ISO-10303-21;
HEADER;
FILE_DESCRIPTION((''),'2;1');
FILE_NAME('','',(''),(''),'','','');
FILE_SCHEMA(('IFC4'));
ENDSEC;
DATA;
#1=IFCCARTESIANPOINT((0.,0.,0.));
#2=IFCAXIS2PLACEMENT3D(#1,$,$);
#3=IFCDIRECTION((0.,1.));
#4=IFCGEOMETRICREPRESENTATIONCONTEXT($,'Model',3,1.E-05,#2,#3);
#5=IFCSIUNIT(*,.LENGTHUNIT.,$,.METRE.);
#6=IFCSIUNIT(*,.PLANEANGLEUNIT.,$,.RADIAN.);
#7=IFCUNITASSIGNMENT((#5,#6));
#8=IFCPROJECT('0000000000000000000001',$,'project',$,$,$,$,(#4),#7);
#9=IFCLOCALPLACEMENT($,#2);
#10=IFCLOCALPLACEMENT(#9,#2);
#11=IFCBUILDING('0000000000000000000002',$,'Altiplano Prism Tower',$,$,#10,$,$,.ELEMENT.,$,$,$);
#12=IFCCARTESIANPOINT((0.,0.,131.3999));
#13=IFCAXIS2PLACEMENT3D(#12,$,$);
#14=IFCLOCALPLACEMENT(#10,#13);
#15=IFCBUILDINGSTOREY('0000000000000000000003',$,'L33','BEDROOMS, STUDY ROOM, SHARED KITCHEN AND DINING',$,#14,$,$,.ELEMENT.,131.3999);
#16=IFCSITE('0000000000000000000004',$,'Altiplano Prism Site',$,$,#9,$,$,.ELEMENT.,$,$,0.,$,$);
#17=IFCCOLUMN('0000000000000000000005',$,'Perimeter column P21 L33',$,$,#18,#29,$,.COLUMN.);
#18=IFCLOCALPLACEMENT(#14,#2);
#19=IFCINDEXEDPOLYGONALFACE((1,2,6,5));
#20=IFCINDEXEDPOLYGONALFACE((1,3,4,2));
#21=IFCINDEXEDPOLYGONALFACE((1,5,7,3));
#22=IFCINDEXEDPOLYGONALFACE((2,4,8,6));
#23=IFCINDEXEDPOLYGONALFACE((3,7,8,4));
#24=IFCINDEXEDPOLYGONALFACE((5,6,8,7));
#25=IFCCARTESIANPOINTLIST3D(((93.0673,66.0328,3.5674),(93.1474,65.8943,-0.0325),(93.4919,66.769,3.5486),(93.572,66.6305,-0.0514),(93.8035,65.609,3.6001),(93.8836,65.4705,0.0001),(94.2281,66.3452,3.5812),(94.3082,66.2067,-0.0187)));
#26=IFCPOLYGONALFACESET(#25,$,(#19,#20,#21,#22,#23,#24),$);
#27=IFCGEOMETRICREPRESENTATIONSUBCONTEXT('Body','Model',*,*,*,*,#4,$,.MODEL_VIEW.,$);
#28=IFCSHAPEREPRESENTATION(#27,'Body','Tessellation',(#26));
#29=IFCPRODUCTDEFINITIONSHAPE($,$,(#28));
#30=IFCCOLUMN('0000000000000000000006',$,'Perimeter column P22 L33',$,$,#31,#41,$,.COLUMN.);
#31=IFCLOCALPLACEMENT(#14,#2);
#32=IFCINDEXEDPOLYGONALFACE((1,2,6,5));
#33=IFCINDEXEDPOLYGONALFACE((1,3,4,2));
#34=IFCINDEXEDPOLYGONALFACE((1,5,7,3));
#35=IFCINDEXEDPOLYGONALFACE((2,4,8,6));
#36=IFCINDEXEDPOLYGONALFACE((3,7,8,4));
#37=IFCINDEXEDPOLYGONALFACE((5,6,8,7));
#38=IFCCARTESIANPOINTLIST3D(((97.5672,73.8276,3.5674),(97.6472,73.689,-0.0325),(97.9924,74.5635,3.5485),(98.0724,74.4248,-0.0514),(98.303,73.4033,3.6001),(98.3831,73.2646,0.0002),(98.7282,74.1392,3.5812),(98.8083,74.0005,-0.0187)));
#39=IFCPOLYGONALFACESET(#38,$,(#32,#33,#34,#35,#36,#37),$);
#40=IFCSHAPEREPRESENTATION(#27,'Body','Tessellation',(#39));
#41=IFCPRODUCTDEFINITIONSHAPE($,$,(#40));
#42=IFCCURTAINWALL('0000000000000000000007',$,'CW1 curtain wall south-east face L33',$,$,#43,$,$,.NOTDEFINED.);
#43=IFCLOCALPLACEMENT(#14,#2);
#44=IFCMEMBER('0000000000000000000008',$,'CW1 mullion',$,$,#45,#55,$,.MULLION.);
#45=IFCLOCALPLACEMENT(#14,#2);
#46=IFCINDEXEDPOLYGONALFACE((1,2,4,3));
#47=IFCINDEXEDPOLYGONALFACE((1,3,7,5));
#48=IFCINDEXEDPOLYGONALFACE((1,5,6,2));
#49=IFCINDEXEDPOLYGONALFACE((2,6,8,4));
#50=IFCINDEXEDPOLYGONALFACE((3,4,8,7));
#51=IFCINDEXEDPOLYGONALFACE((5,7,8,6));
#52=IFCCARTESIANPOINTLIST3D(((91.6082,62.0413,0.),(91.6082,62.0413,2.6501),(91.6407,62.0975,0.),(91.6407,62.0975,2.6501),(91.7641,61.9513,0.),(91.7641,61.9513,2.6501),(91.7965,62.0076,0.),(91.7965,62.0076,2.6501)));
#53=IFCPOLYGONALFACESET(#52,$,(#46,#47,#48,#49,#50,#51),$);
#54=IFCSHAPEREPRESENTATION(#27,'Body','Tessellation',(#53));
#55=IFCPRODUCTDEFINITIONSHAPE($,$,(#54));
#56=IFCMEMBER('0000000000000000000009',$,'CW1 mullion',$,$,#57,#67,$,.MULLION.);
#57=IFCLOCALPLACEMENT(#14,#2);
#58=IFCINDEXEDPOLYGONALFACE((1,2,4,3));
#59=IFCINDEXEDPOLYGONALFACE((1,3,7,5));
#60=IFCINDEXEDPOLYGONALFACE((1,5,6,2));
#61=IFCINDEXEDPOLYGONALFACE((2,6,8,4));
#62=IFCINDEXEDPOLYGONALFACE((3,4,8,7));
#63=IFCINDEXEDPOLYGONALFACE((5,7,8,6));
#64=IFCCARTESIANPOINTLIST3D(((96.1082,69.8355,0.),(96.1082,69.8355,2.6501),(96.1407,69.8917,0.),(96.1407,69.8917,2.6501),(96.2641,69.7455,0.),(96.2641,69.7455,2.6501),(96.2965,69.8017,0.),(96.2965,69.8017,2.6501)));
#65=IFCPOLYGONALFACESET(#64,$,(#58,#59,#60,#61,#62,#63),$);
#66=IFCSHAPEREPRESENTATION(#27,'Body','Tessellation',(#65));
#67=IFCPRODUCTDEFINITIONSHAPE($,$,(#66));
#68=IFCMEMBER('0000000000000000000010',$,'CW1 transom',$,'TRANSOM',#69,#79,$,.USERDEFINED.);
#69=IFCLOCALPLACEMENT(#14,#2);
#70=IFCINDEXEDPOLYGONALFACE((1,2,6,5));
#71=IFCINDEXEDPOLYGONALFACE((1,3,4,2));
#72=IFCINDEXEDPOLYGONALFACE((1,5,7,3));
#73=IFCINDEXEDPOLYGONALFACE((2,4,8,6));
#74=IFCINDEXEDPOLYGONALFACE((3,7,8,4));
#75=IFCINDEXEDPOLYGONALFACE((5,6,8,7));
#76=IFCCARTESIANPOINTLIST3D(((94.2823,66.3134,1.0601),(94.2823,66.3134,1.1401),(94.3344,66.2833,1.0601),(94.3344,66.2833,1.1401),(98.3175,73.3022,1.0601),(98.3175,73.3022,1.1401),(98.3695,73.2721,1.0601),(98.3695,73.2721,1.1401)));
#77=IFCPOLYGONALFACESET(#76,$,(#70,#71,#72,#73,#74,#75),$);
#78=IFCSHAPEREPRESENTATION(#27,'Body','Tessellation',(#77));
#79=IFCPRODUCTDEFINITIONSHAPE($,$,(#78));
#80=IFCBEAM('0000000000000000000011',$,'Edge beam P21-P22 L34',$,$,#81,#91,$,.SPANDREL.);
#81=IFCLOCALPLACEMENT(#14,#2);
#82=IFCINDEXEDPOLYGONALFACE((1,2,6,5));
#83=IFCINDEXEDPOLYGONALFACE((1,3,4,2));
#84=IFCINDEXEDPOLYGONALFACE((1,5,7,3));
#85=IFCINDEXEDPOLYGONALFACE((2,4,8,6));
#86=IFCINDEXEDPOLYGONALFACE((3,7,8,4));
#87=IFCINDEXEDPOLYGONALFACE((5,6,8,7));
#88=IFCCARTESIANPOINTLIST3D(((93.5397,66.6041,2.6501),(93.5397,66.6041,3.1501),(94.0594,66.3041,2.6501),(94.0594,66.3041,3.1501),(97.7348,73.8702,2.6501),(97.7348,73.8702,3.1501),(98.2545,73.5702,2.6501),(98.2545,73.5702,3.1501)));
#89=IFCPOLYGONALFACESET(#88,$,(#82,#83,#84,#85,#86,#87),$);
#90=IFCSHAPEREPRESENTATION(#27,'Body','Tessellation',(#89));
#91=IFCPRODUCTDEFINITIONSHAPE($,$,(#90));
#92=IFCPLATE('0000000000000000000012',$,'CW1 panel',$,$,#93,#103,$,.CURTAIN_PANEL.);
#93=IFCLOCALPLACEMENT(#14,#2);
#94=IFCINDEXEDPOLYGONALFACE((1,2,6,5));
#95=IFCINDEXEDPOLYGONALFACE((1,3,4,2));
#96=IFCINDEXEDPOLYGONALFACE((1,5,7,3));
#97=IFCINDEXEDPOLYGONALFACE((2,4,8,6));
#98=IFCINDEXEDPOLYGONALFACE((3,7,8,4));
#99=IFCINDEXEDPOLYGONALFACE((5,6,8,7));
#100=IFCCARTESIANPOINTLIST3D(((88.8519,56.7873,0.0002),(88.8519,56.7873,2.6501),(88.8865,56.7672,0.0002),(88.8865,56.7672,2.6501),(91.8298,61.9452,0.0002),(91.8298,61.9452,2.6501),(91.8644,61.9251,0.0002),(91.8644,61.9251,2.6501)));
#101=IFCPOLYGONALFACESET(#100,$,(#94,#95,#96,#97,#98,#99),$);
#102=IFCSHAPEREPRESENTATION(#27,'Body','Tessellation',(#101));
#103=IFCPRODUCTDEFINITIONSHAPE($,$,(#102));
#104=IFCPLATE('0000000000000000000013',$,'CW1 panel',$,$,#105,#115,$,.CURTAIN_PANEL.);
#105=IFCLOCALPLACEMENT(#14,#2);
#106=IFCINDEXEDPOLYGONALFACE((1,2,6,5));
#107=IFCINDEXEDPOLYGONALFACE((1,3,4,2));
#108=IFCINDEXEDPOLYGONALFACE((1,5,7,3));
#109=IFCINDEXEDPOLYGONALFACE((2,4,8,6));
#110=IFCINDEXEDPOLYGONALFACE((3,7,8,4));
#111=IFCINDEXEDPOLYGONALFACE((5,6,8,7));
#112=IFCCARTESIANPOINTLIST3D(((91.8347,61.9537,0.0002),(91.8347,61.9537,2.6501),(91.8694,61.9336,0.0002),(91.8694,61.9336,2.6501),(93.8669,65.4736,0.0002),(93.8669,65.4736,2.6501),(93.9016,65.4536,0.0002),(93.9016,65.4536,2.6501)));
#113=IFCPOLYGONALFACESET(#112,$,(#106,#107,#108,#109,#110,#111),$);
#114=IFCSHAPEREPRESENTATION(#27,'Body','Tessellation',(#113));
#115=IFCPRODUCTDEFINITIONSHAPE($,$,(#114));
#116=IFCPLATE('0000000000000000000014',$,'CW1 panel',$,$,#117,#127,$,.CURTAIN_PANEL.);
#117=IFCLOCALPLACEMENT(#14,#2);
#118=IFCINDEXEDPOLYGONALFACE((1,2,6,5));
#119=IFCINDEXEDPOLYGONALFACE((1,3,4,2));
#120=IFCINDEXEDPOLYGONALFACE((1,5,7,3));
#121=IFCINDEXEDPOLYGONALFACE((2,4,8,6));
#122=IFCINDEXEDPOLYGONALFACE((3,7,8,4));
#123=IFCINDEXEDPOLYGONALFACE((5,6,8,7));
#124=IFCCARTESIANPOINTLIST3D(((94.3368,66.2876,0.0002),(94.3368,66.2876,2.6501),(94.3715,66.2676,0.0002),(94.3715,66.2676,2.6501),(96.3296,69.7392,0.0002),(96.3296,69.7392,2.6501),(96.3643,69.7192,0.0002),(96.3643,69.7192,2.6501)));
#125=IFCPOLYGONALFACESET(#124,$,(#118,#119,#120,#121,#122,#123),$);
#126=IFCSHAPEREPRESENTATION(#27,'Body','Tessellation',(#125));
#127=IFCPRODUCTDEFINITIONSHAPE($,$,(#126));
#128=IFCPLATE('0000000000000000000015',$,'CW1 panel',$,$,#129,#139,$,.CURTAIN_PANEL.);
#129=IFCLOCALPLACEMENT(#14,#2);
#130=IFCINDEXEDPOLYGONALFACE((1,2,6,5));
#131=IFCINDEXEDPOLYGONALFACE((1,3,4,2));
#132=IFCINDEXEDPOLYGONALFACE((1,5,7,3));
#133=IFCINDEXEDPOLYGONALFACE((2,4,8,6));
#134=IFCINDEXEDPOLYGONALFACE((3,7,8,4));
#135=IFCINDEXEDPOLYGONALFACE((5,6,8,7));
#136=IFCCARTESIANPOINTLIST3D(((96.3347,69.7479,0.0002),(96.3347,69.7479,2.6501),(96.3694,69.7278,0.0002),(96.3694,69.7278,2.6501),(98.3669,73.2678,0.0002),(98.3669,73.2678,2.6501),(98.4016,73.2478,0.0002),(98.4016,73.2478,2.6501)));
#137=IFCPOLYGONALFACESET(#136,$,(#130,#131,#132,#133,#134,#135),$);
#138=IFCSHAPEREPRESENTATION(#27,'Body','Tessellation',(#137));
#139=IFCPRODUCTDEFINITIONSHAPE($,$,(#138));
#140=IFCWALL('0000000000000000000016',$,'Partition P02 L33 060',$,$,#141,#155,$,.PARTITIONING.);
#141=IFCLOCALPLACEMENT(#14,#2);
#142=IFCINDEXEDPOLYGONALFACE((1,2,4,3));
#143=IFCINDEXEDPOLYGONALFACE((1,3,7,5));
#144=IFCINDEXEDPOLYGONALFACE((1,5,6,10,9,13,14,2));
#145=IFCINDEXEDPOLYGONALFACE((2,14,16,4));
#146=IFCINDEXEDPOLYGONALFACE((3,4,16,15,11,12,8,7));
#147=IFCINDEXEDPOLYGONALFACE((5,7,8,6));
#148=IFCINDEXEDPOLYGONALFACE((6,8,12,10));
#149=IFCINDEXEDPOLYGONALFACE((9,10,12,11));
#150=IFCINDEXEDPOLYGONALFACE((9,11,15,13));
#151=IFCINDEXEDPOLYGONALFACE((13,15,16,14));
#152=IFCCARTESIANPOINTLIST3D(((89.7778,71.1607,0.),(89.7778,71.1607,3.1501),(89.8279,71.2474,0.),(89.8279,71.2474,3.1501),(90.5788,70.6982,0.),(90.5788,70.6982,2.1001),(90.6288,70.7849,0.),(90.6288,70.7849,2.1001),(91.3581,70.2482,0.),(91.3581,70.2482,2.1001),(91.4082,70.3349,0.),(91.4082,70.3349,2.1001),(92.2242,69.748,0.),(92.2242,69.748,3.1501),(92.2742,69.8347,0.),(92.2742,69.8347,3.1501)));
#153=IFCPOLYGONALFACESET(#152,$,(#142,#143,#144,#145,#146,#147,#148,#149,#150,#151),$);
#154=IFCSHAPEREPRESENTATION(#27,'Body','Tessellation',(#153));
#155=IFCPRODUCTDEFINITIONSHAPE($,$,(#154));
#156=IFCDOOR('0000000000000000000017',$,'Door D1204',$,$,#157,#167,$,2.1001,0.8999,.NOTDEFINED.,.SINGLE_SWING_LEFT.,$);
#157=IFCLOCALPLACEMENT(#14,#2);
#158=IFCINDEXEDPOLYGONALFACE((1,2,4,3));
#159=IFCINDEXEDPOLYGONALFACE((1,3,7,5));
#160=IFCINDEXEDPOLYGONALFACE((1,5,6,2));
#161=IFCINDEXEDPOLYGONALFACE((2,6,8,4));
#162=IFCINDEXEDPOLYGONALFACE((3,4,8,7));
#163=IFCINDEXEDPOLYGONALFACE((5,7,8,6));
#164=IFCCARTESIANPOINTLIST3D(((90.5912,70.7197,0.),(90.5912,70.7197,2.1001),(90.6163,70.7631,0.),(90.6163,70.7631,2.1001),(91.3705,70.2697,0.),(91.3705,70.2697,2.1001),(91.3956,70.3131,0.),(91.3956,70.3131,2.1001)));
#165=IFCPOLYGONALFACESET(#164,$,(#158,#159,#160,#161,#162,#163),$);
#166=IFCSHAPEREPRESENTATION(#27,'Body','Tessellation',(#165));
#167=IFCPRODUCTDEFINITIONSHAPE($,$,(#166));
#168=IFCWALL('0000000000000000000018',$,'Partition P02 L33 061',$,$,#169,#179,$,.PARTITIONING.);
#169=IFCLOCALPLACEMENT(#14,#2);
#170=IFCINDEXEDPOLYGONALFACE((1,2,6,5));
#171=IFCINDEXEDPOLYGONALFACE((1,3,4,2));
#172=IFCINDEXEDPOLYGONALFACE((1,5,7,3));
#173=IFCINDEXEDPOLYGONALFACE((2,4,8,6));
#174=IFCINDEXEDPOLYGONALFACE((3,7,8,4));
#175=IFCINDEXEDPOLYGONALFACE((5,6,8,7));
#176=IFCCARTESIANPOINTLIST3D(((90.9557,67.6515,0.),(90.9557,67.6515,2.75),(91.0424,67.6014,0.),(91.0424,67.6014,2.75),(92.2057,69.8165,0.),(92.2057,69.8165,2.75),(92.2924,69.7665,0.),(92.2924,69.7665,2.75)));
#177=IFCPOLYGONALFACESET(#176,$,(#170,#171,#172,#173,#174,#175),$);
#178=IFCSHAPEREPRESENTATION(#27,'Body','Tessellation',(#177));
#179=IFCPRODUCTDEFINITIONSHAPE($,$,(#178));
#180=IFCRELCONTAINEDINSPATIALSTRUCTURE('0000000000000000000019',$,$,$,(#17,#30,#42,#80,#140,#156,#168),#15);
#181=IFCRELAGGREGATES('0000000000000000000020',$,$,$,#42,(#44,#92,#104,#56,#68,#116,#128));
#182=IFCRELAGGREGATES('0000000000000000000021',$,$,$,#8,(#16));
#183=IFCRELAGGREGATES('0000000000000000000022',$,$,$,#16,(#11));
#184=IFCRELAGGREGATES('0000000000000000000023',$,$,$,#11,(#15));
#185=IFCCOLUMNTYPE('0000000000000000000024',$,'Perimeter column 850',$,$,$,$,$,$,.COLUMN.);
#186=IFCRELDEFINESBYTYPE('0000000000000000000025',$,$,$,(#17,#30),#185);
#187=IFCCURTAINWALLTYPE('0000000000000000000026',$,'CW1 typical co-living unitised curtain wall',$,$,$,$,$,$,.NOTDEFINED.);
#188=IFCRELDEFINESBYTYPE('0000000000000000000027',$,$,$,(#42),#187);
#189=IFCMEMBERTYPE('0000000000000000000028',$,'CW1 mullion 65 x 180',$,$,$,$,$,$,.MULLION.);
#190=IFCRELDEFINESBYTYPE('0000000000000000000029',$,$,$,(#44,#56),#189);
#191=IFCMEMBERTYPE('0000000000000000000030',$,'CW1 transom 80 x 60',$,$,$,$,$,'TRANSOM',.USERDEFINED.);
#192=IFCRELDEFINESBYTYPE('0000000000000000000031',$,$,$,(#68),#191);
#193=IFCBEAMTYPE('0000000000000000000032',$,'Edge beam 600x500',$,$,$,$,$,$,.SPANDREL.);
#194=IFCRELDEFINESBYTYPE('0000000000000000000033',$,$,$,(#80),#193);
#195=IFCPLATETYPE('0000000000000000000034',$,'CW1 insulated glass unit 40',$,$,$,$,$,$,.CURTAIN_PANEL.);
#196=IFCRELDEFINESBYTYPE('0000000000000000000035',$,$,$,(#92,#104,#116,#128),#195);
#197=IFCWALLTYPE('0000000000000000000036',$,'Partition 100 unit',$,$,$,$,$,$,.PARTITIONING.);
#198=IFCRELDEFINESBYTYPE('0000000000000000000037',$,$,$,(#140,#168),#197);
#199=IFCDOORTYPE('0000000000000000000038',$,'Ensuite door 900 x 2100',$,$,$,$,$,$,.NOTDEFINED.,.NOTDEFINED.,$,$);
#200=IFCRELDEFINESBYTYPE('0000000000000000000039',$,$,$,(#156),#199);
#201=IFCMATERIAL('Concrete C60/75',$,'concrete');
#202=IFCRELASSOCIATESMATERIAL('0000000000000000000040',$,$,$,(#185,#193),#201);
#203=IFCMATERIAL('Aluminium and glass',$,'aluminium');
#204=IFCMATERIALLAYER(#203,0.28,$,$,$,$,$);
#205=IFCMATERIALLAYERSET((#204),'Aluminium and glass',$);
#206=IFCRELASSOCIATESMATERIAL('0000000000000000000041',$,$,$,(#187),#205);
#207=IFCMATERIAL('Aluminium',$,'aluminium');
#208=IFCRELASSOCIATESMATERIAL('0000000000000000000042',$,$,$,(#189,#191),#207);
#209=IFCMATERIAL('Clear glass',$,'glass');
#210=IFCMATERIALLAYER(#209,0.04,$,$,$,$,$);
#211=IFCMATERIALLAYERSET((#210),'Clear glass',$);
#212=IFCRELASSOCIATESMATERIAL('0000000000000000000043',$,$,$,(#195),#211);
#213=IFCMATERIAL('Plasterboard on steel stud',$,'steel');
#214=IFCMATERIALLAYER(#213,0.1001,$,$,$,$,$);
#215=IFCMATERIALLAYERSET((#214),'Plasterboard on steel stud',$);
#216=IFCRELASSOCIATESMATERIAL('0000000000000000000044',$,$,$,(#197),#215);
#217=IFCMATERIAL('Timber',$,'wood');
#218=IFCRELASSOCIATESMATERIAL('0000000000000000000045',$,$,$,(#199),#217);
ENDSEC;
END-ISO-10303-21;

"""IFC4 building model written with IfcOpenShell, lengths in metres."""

from ifc_helpers import new_model, si_unit, direction, frame, frame_2d, origin, origin_2d, place, context, subcontext, project, spatial, rectangle, extrude, material, layer, layer_set, material_profile, profile_set, type_object, element, fill, aggregate, save


model = new_model("IFC4")

# Units and contexts
model_context = context("Model", 3, precision=1e-05, world=origin(), true_north=direction((0.0, 1.0)))
body_context = subcontext(model_context, "Body", "Model", "MODEL_VIEW")
ifc_project = project(units=[si_unit("LENGTHUNIT", "METRE"), si_unit("PLANEANGLEUNIT", "RADIAN")], contexts=[model_context])

# Site, building, storey
site_placement = place(None, origin())
site = spatial("IfcSite", under=ifc_project, at=site_placement, Name="Altiplano Prism Site", CompositionType="ELEMENT", RefElevation=0.0)
building_placement = place(site_placement, origin())
building = spatial("IfcBuilding", under=site, at=building_placement, Name="Altiplano Prism Tower", CompositionType="ELEMENT")
storey_placement = place(building_placement, frame((0.0, 0.0, 131.3999)))
storey = spatial("IfcBuildingStorey", under=building, at=storey_placement, Name="L33", Description="BEDROOMS, STUDY ROOM, SHARED KITCHEN AND DINING", CompositionType="ELEMENT", Elevation=131.3999)

# Columns
ifc_material_1 = material(Name="Concrete C60/75", Category="concrete")
ifc_material_profile_1 = material_profile(ifc_material_1, rectangle(XDim=0.8501, YDim=0.8501, at=origin_2d()), Name="Perimeter column 850")
ifc_profile_set_1 = profile_set([ifc_material_profile_1], Name="Concrete C60/75")
column_type = type_object("IfcColumnType", Name="Perimeter column 850", PredefinedType="COLUMN", material=ifc_profile_set_1)
for number, where, z_axis, x_axis, name in (
    (1, (93.7278, 66.0505, -0.0256), (-0.022223, 0.038416, 0.999015), (-0.499508, -0.866025, 0.02219), "Perimeter column P21 L33"),
    (2, (98.2278, 73.8447, -0.0256), (-0.022223, 0.038483, 0.999012), (-0.50017, -0.865642, 0.02222), "Perimeter column P22 L33"),
):
    element("IfcColumn", number, at=place(storey_placement, frame(where, z_axis=z_axis, x_axis=x_axis)), inside=storey, type_object=column_type, Name=name, PredefinedType="COLUMN", context=body_context, shape_type="SweptSolid", body=[
        extrude(rectangle(XDim=0.8501, YDim=0.8501, at=origin_2d()), origin(), (0.0, 0.0, 1.0), 3.6035),
    ])

# Curtain wall, members
ifc_material_2 = material(Name="Aluminium and glass", Category="aluminium")
ifc_layer_1 = layer(ifc_material_2, 0.28)
ifc_layer_set_1 = layer_set([ifc_layer_1], Name="Aluminium and glass")
curtain_wall_type = type_object("IfcCurtainWallType", Name="CW1 typical co-living unitised curtain wall", PredefinedType="NOTDEFINED", material=ifc_layer_set_1)
curtain_wall_placement = place(storey_placement, origin())
curtain_wall = element("IfcCurtainWall", 3, at=curtain_wall_placement, inside=storey, type_object=curtain_wall_type, Name="CW1 curtain wall south-east face L33", PredefinedType="NOTDEFINED")
ifc_material_3 = material(Name="Aluminium", Category="aluminium")
ifc_material_profile_2 = material_profile(ifc_material_3, rectangle(XDim=0.1799, YDim=0.0649, at=origin_2d()), Name="CW1 mullion 65 x 180")
ifc_profile_set_2 = profile_set([ifc_material_profile_2], Name="Aluminium")
member_type_1 = type_object("IfcMemberType", Name="CW1 mullion 65 x 180", PredefinedType="MULLION", material=ifc_profile_set_2)
member_1_placement = place(storey_placement, frame((91.7024, 62.0244, 0.0), z_axis=(0.0, 0.0, 1.0), x_axis=(-0.866025, 0.5, 0.0)))
member_1 = element("IfcMember", 4, at=member_1_placement, type_object=member_type_1, Name="CW1 mullion", PredefinedType="MULLION", context=body_context, shape_type="SweptSolid", body=[
    extrude(rectangle(XDim=0.1799, YDim=0.0649, at=origin_2d()), origin(), (0.0, 0.0, 1.0), 2.6501),
])
member_2_placement = place(storey_placement, frame((96.2024, 69.8186, 0.0), z_axis=(0.0, 0.0, 1.0), x_axis=(-0.866025, 0.5, 0.0)))
member_2 = element("IfcMember", 5, at=member_2_placement, type_object=member_type_1, Name="CW1 mullion", PredefinedType="MULLION", context=body_context, shape_type="SweptSolid", body=[
    extrude(rectangle(XDim=0.1799, YDim=0.0649, at=origin_2d()), origin(), (0.0, 0.0, 1.0), 2.6501),
])
ifc_material_profile_3 = material_profile(ifc_material_3, rectangle(XDim=0.0601, YDim=0.0801, at=origin_2d()), Name="CW1 transom 80 x 60")
ifc_profile_set_3 = profile_set([ifc_material_profile_3], Name="Aluminium")
member_type_2 = type_object("IfcMemberType", Name="CW1 transom 80 x 60", ElementType="TRANSOM", PredefinedType="USERDEFINED", material=ifc_profile_set_3)
member_3_placement = place(storey_placement, frame((94.3083, 66.2983, 1.1001), z_axis=(0.500017, 0.866015, 0.0), x_axis=(-0.866015, 0.500017, 0.0)))
member_3 = element("IfcMember", 6, at=member_3_placement, type_object=member_type_2, Name="CW1 transom", ObjectType="TRANSOM", PredefinedType="USERDEFINED", context=body_context, shape_type="SweptSolid", body=[
    extrude(rectangle(XDim=0.0601, YDim=0.0801, at=origin_2d()), origin(), (0.0, 0.0, 1.0), 8.0701),
])

# Beam
ifc_material_profile_4 = material_profile(ifc_material_1, rectangle(XDim=0.6001, YDim=0.5, at=origin_2d()), Name="Edge beam 600x500")
ifc_profile_set_4 = profile_set([ifc_material_profile_4], Name="Concrete C60/75")
beam_type = type_object("IfcBeamType", Name="Edge beam 600x500", PredefinedType="SPANDREL", material=ifc_profile_set_4)
beam_placement = place(storey_placement, frame((93.7996, 66.4541, 2.9001), z_axis=(0.499998, 0.866027, 0.0), x_axis=(-0.866027, 0.499998, 0.0)))
element("IfcBeam", 7, at=beam_placement, inside=storey, type_object=beam_type, Name="Edge beam P21-P22 L34", PredefinedType="SPANDREL", context=body_context, shape_type="SweptSolid", body=[
    extrude(rectangle(XDim=0.6001, YDim=0.5, at=origin_2d()), origin(), (0.0, 0.0, 1.0), 8.3901),
])

# Plates
ifc_material_4 = material(Name="Clear glass", Category="glass")
ifc_layer_2 = layer(ifc_material_4, 0.04)
ifc_layer_set_2 = layer_set([ifc_layer_2], Name="Clear glass")
plate_type = type_object("IfcPlateType", Name="CW1 insulated glass unit 40", PredefinedType="CURTAIN_PANEL", material=ifc_layer_set_2)
plate_1_placement = place(storey_placement, frame((90.3582, 59.3562, 0.0002), z_axis=(0.0, 0.0, 1.0), x_axis=(0.5, 0.866025, 0.0)))
plate_1 = element("IfcPlate", 8, at=plate_1_placement, type_object=plate_type, Name="CW1 panel", PredefinedType="CURTAIN_PANEL", context=body_context, shape_type="SweptSolid", body=[
    extrude(rectangle(XDim=5.9558, YDim=0.04, at=origin_2d()), origin(), (0.0, 0.0, 1.0), 2.6499),
])
plate_2_placement = place(storey_placement, frame((92.8682, 63.7036, 0.0002), z_axis=(0.0, 0.0, 1.0), x_axis=(0.5, 0.866025, 0.0)))
plate_2 = element("IfcPlate", 9, at=plate_2_placement, type_object=plate_type, Name="CW1 panel", PredefinedType="CURTAIN_PANEL", context=body_context, shape_type="SweptSolid", body=[
    extrude(rectangle(XDim=4.0645, YDim=0.04, at=origin_2d()), origin(), (0.0, 0.0, 1.0), 2.6499),
])
plate_3_placement = place(storey_placement, frame((95.3506, 68.0034, 0.0002), z_axis=(0.0, 0.0, 1.0), x_axis=(0.5, 0.866025, 0.0)))
plate_3 = element("IfcPlate", 10, at=plate_3_placement, type_object=plate_type, Name="CW1 panel", PredefinedType="CURTAIN_PANEL", context=body_context, shape_type="SweptSolid", body=[
    extrude(rectangle(XDim=3.9856, YDim=0.04, at=origin_2d()), origin(), (0.0, 0.0, 1.0), 2.6499),
])
plate_4_placement = place(storey_placement, frame((97.3682, 71.4978, 0.0002), z_axis=(0.0, 0.0, 1.0), x_axis=(0.5, 0.866025, 0.0)))
plate_4 = element("IfcPlate", 11, at=plate_4_placement, type_object=plate_type, Name="CW1 panel", PredefinedType="CURTAIN_PANEL", context=body_context, shape_type="SweptSolid", body=[
    extrude(rectangle(XDim=4.0645, YDim=0.04, at=origin_2d()), origin(), (0.0, 0.0, 1.0), 2.6499),
])
aggregate(curtain_wall, [member_1, plate_1, plate_2, member_2, member_3, plate_3, plate_4])

# Wall, opening, door
ifc_material_5 = material(Name="Plasterboard on steel stud", Category="steel")
ifc_layer_3 = layer(ifc_material_5, 0.1001)
ifc_layer_set_3 = layer_set([ifc_layer_3], Name="Plasterboard on steel stud")
wall_type_1 = type_object("IfcWallType", Name="Partition 100 unit", PredefinedType="PARTITIONING", material=ifc_layer_set_3)
wall_1_placement = place(storey_placement, frame((89.8027, 71.2041, 0.0), z_axis=(0.0, 0.0, 1.0), x_axis=(0.86599, -0.500062, 0.0)))
wall_1 = element("IfcWall", 12, at=wall_1_placement, inside=storey, type_object=wall_type_1, Name="Partition P02 L33 060", PredefinedType="PARTITIONING", context=body_context, shape_type="SweptSolid", body=[
    extrude(rectangle(XDim=2.825, YDim=0.1001, at=frame_2d((1.4126, 0.0))), origin(), (0.0, 0.0, 1.0), 3.1501),
])
opening_placement = place(wall_1_placement, frame((0.925, 0.0, 0.0)))
opening = element("IfcOpeningElement", 13, at=opening_placement, cuts=wall_1, PredefinedType="OPENING", context=body_context, shape_type="SweptSolid", body=[
    extrude(rectangle(XDim=0.8999, YDim=2.1001, at=frame_2d((0.45, 1.05))), frame((0.0, 0.0605, 0.0), z_axis=(0.0, -1.0, 0.0), x_axis=(1.0, 0.0, 0.0)), (0.0, 0.0, 1.0), 0.1211),
])
ifc_material_6 = material(Name="Timber", Category="wood")
door_type = type_object("IfcDoorType", Name="Ensuite door 900 x 2100", OperationType="NOTDEFINED", PredefinedType="NOTDEFINED", material=ifc_material_6)
door_placement = place(opening_placement, origin())
door = element("IfcDoor", 14, at=door_placement, inside=storey, type_object=door_type, Name="Door D1204", OperationType="SINGLE_SWING_LEFT", OverallHeight=2.1001, OverallWidth=0.8999, PredefinedType="NOTDEFINED", context=body_context, shape_type="SweptSolid", body=[
    extrude(rectangle(XDim=0.8999, YDim=2.1001, at=frame_2d((0.45, 1.05))), frame((0.0, 0.0249, 0.0), z_axis=(0.0, -1.0, 0.0), x_axis=(1.0, 0.0, 0.0)), (0.0, 0.0, 1.0), 0.05),
])
fill(opening, door)

# Wall
wall_2_placement = place(storey_placement, frame((92.249, 69.7915, 0.0), z_axis=(0.0, 0.0, 1.0), x_axis=(-0.500004, -0.866023, 0.0)))
element("IfcWall", 15, at=wall_2_placement, inside=storey, type_object=wall_type_1, Name="Partition P02 L33 061", PredefinedType="PARTITIONING", context=body_context, shape_type="SweptSolid", body=[
    extrude(rectangle(XDim=2.5, YDim=0.1001, at=frame_2d((1.25, 0.0))), origin(), (0.0, 0.0, 1.0), 2.75),
])

save(model, "model.ifc")
